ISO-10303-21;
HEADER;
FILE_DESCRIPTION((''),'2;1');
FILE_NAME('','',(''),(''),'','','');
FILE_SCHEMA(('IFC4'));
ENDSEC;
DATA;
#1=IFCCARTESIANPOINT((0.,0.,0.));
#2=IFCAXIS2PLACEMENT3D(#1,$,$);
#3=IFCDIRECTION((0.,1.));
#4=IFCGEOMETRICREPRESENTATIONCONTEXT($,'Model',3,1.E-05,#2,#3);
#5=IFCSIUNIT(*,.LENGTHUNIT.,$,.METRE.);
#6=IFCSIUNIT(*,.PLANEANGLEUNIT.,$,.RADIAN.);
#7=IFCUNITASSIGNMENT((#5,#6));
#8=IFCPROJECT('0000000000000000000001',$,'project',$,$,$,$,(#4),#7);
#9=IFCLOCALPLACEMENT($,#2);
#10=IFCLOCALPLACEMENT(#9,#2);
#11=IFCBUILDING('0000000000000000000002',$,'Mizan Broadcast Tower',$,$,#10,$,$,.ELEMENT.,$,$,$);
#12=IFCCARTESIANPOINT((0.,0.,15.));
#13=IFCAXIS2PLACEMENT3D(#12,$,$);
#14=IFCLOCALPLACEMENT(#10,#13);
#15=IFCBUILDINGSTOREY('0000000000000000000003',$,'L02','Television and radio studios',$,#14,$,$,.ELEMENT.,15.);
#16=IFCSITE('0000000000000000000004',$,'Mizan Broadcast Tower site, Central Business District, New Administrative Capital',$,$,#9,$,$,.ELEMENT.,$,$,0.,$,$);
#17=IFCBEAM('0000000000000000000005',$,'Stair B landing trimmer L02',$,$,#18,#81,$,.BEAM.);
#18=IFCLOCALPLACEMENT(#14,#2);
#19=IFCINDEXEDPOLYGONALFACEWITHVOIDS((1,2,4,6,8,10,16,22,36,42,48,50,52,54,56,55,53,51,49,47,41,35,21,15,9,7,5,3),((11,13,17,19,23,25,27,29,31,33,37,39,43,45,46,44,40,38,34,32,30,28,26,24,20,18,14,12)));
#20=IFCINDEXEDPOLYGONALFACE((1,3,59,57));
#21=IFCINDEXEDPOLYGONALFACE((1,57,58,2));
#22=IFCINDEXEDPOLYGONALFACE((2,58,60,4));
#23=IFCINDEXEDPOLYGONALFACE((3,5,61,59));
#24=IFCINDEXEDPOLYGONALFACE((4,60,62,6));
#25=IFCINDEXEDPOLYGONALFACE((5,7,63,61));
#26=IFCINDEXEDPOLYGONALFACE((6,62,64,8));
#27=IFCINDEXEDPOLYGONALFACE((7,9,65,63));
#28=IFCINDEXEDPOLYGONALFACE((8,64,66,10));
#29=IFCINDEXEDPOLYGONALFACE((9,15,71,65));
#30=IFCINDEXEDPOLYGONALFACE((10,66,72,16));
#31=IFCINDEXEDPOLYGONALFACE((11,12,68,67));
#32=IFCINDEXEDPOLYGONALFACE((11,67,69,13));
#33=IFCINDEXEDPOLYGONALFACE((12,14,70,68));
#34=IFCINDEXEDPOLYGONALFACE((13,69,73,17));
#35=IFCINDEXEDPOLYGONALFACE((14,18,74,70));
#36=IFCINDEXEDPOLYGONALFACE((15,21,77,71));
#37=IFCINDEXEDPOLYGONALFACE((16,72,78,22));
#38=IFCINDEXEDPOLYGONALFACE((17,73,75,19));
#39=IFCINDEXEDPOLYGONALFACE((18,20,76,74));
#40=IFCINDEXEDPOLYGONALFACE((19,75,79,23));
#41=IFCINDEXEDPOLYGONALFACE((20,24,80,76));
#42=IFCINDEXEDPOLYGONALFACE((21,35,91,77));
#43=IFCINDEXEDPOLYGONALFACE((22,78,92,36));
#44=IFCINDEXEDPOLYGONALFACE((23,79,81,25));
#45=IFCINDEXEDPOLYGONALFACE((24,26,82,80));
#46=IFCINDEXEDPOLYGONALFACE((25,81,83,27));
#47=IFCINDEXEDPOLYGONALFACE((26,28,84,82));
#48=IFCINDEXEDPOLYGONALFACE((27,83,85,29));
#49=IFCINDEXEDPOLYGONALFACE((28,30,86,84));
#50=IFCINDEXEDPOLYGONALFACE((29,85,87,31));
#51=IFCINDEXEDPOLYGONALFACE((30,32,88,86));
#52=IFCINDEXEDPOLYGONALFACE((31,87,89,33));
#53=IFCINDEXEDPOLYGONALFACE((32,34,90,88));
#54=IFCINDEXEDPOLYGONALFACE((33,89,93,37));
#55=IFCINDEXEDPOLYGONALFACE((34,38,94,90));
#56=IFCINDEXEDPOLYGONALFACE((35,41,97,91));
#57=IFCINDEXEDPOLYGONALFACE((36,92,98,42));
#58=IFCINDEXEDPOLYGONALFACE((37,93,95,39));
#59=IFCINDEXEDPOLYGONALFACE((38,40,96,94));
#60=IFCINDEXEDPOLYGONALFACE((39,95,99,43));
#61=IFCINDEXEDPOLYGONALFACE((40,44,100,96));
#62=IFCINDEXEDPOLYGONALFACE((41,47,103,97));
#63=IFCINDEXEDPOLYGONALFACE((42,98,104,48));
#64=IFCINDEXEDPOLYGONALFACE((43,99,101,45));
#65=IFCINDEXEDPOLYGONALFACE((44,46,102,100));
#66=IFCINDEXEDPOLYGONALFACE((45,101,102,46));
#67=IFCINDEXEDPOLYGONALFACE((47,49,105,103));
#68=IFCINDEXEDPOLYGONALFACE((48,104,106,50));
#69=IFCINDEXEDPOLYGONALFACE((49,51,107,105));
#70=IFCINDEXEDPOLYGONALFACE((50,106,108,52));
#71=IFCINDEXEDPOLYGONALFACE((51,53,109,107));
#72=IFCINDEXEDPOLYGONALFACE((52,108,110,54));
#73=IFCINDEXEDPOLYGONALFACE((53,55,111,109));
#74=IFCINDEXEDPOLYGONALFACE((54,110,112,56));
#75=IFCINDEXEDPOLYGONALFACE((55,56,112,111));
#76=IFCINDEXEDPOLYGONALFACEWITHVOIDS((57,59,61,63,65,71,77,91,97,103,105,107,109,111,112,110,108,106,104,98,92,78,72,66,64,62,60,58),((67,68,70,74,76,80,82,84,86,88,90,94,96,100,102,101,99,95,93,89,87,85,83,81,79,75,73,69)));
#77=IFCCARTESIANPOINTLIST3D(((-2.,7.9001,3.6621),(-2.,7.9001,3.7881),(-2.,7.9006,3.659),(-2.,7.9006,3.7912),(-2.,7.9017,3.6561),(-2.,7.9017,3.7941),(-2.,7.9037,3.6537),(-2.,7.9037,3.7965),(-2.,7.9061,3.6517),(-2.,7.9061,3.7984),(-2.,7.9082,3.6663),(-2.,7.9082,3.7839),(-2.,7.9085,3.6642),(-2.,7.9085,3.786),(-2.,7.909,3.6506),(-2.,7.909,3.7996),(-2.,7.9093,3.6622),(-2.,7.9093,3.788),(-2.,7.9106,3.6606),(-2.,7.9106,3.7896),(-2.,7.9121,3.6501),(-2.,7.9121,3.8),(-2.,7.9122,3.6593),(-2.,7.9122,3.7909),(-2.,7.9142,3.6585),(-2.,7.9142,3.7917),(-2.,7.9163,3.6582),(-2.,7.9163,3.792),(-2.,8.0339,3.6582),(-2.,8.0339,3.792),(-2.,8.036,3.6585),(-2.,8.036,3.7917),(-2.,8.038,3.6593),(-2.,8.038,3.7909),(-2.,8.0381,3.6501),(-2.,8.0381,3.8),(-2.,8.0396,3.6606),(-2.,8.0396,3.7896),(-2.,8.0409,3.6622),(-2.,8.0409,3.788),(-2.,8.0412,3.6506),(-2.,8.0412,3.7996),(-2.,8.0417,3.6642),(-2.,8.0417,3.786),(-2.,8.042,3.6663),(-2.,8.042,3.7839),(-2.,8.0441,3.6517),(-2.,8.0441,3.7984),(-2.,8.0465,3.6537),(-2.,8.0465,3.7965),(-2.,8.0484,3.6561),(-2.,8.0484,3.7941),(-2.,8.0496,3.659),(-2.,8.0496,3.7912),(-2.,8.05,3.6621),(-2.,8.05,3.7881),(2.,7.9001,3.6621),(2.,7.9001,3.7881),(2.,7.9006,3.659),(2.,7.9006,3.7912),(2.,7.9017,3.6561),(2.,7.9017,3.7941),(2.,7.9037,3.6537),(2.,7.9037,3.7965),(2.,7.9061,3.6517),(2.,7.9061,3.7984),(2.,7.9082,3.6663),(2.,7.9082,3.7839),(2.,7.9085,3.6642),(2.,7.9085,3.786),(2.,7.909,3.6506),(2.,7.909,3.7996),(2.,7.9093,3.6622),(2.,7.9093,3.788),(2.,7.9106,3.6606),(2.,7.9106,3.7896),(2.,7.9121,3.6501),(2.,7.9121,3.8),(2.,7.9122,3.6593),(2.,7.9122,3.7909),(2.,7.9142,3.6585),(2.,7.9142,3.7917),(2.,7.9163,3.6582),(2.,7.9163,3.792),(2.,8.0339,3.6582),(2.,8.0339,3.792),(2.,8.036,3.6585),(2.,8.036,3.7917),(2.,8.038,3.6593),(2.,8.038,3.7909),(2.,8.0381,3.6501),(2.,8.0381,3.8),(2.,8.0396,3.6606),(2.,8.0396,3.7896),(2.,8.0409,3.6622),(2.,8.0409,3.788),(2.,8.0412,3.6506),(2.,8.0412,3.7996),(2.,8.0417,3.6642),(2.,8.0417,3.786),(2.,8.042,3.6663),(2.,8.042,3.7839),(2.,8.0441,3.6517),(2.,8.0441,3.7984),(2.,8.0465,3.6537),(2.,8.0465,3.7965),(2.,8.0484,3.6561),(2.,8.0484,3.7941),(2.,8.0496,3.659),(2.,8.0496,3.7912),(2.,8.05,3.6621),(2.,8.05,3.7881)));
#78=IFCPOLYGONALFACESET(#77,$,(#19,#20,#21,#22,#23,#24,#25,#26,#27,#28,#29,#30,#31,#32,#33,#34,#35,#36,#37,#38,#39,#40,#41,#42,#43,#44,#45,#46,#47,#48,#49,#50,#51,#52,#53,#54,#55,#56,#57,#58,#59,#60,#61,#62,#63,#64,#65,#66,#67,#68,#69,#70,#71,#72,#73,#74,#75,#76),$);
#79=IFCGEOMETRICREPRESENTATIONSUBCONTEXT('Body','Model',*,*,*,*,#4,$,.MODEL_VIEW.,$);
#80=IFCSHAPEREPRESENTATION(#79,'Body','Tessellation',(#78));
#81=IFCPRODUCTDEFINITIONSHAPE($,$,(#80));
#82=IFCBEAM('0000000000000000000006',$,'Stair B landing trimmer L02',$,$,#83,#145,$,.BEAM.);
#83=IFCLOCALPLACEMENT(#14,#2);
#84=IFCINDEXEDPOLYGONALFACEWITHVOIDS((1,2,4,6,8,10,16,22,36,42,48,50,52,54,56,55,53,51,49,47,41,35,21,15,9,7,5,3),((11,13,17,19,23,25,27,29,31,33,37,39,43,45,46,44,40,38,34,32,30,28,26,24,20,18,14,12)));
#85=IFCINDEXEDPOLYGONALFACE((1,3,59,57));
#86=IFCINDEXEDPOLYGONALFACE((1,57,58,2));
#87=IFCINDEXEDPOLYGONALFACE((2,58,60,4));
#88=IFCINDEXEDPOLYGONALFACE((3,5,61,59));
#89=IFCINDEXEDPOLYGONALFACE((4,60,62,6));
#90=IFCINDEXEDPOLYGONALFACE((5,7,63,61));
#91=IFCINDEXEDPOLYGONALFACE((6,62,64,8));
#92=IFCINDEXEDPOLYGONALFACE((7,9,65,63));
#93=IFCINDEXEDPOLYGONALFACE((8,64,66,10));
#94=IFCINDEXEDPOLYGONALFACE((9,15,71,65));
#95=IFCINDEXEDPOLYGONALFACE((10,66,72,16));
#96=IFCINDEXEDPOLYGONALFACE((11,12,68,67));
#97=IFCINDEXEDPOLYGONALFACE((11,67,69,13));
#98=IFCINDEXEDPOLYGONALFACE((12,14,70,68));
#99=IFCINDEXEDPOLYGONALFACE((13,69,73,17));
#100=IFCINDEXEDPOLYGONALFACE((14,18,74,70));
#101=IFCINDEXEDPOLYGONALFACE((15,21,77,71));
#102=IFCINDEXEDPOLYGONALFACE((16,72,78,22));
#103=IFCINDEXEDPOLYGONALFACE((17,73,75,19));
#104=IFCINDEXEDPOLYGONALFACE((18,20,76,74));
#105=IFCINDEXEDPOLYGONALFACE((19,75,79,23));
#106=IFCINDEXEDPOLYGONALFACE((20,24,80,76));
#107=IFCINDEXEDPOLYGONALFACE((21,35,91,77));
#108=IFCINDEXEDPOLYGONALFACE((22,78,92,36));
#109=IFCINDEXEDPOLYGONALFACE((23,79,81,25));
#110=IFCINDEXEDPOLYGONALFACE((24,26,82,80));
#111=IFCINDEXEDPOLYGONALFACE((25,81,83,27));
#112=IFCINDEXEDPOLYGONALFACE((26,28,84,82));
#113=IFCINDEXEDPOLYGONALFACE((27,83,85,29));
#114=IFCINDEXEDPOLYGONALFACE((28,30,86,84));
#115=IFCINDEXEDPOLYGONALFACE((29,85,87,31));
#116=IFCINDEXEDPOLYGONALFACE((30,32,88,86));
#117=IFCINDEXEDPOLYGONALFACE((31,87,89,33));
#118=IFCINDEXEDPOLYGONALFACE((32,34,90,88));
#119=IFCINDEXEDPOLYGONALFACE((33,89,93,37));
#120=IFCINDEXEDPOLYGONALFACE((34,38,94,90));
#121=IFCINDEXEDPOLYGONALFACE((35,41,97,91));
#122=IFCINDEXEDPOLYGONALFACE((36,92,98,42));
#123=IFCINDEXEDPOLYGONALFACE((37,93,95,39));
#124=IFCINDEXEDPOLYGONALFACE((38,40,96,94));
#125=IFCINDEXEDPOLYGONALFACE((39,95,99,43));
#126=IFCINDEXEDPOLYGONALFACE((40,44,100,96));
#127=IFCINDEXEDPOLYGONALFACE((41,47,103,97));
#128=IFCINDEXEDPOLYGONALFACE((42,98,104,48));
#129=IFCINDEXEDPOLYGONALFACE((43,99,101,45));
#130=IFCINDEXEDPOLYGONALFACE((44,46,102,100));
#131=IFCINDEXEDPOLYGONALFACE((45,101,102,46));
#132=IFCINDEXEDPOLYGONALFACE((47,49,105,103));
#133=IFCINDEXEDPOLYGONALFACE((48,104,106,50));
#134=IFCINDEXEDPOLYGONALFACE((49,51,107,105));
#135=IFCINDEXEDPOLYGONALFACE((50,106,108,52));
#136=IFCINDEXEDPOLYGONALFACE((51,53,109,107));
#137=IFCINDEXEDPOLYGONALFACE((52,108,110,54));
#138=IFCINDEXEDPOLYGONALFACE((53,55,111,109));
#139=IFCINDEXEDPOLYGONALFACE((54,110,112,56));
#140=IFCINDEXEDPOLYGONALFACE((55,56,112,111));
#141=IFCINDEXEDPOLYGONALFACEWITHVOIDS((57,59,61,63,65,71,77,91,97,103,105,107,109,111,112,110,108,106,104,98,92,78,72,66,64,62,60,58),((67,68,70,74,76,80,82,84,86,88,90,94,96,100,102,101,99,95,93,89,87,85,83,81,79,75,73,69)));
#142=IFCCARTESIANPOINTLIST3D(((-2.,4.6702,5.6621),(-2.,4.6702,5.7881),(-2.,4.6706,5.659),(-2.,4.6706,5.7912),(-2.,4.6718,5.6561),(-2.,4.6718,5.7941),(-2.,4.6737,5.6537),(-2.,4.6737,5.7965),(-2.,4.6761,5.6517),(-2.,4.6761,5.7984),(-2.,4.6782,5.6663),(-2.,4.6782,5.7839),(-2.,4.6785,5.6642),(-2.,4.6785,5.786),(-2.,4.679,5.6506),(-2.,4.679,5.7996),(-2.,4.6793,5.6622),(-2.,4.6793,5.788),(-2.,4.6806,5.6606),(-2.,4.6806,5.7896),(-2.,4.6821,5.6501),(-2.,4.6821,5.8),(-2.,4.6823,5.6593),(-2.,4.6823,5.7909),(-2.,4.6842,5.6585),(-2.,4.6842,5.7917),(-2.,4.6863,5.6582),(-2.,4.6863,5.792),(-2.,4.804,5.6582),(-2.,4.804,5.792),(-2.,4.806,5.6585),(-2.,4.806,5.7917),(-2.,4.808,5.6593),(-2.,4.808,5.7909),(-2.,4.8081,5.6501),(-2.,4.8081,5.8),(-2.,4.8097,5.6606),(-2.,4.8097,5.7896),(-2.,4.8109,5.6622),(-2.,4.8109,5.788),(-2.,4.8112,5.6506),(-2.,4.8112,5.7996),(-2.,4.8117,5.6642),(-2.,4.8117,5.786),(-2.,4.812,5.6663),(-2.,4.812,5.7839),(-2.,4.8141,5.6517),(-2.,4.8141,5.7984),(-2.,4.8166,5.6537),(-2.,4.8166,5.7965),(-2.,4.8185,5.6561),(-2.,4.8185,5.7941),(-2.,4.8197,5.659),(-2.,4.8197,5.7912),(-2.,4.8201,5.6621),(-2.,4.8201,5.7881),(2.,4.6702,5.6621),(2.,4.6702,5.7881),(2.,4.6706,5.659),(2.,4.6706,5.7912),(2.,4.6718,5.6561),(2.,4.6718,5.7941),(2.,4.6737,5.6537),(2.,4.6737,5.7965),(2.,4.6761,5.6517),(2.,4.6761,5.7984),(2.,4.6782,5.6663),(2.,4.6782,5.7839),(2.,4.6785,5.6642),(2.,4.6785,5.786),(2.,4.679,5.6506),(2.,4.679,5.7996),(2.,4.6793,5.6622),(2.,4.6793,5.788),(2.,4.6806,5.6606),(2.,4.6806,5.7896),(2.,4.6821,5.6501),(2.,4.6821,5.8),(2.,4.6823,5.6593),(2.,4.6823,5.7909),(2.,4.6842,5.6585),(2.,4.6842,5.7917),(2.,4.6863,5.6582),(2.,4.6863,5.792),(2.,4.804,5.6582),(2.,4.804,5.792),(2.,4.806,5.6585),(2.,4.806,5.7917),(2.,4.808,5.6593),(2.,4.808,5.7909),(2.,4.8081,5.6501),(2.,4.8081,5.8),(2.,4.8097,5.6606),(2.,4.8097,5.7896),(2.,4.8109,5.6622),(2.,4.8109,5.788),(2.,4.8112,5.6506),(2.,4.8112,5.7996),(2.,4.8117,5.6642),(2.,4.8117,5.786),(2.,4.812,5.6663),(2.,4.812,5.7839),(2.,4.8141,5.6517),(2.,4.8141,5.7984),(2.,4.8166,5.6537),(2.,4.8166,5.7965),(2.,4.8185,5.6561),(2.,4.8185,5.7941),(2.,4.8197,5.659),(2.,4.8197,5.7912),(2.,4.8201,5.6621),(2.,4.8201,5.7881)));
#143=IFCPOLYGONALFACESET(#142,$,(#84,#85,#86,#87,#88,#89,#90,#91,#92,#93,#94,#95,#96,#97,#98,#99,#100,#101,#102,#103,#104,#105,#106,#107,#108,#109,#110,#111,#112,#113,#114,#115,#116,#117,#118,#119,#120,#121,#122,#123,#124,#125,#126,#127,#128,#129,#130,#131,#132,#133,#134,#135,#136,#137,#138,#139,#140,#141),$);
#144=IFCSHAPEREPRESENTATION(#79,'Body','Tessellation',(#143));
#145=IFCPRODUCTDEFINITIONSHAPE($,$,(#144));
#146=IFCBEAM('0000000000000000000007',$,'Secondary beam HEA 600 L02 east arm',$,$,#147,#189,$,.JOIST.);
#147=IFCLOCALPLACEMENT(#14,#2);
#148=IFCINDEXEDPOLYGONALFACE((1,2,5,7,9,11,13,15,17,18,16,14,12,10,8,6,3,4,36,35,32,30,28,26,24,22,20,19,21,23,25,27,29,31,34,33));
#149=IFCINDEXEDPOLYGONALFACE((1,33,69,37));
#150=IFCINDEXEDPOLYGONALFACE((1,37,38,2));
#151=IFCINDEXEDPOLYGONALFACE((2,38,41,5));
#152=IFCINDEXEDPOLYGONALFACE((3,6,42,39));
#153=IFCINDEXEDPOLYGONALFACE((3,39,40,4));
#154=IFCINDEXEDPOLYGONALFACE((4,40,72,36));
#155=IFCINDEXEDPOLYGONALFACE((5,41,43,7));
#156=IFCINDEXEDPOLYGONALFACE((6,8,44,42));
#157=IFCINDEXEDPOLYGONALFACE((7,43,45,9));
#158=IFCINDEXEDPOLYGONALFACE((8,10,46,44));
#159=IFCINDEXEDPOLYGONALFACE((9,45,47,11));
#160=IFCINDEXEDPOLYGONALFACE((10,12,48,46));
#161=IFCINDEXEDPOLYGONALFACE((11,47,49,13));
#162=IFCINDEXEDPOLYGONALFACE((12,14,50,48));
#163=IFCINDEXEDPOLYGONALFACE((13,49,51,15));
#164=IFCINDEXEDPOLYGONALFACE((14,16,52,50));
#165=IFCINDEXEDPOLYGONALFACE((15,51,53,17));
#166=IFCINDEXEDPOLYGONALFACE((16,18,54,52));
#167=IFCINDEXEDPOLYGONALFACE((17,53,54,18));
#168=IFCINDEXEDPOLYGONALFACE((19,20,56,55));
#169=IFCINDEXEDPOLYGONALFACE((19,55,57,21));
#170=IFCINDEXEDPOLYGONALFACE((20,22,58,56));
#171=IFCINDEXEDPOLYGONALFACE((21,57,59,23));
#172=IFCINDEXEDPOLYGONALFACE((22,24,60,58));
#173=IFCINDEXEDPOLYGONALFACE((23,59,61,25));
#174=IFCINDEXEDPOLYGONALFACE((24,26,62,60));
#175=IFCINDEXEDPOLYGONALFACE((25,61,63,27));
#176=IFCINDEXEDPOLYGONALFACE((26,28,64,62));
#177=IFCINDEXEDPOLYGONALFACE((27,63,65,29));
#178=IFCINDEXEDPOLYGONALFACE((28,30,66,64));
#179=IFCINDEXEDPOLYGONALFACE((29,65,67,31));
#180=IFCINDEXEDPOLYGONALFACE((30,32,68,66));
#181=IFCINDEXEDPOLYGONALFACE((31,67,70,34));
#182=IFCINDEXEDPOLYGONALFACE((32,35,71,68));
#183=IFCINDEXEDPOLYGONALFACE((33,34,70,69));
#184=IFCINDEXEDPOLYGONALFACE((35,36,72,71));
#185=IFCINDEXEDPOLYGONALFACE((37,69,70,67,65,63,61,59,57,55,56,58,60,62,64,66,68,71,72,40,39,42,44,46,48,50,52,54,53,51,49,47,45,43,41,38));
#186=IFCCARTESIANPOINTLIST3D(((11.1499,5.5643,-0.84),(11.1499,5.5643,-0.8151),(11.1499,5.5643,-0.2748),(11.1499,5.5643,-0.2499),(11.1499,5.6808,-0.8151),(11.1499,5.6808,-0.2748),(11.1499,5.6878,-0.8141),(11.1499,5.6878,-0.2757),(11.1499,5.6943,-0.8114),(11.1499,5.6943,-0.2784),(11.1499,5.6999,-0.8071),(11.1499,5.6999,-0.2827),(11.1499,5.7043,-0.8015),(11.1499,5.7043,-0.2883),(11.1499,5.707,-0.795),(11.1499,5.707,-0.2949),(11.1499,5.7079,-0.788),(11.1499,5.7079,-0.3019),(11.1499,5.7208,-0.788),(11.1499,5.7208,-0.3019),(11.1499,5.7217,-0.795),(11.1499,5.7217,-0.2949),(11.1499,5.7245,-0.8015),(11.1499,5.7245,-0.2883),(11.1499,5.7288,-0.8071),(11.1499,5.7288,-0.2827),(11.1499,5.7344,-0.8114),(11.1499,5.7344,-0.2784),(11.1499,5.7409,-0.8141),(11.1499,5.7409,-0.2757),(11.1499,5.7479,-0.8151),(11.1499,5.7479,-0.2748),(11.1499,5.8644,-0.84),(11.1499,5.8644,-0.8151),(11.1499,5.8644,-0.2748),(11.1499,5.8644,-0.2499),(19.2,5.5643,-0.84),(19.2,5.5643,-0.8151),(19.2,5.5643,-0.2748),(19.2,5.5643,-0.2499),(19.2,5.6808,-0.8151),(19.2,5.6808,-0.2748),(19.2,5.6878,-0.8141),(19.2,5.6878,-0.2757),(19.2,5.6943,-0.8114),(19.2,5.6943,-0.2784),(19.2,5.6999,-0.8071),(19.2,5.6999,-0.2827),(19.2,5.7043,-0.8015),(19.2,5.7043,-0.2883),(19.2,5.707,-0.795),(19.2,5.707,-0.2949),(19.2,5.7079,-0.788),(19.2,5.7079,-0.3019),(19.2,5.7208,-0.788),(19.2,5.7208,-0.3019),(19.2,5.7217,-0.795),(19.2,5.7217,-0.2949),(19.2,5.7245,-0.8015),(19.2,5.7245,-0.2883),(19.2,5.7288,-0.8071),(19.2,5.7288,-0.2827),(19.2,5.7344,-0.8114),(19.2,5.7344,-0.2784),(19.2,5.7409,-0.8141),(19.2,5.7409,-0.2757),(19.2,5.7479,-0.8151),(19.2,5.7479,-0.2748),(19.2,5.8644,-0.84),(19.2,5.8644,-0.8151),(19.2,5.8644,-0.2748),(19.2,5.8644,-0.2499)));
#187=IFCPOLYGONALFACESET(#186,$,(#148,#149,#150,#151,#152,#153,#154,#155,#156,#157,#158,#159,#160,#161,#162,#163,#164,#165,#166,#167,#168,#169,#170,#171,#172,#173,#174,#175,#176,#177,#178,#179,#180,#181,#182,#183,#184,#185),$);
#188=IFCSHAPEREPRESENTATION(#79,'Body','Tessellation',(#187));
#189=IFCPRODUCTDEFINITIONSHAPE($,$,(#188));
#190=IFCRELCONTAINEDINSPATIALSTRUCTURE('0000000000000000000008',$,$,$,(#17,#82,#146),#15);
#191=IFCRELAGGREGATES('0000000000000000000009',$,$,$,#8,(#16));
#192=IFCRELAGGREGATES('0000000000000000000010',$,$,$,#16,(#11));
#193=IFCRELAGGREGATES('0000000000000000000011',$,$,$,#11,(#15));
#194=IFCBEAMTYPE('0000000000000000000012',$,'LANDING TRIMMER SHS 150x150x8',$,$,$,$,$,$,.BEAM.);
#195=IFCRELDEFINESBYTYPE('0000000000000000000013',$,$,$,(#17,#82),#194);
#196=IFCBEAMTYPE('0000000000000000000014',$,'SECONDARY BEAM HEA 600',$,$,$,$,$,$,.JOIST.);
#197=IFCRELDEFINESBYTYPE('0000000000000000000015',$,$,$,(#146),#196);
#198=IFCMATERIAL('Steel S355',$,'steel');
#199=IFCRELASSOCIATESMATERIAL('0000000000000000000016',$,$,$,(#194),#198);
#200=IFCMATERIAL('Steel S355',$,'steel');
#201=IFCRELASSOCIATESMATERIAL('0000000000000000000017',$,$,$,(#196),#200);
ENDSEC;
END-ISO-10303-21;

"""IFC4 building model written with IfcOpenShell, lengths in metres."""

from ifc_helpers import new_model, si_unit, direction, frame, origin, origin_2d, place, context, subcontext, project, spatial, hollow_rectangle, i_section, extrude, material, material_profile, profile_set, type_object, element, save


model = new_model("IFC4")

# Units and contexts
model_context = context("Model", 3, precision=1e-05, world=origin(), true_north=direction((0.0, 1.0)))
body_context = subcontext(model_context, "Body", "Model", "MODEL_VIEW")
ifc_project = project(units=[si_unit("LENGTHUNIT", "METRE"), si_unit("PLANEANGLEUNIT", "RADIAN")], contexts=[model_context])

# Site, building, storey
site_placement = place(None, origin())
site = spatial("IfcSite", under=ifc_project, at=site_placement, Name="Mizan Broadcast Tower site, Central Business District, New Administrative Capital", CompositionType="ELEMENT", RefElevation=0.0)
building_placement = place(site_placement, origin())
building = spatial("IfcBuilding", under=site, at=building_placement, Name="Mizan Broadcast Tower", CompositionType="ELEMENT")
storey_placement = place(building_placement, frame((0.0, 0.0, 15.0)))
storey = spatial("IfcBuildingStorey", under=building, at=storey_placement, Name="L02", Description="Television and radio studios", CompositionType="ELEMENT", Elevation=15.0)

# Beams
ifc_material_1 = material(Name="Steel S355", Category="steel")
ifc_material_profile_1 = material_profile(ifc_material_1, hollow_rectangle(XDim=0.1499, YDim=0.1499, WallThickness=0.0081, InnerFilletRadius=0.0081, OuterFilletRadius=0.012, at=origin_2d()), Name="SHS 150x150x8")
ifc_profile_set_1 = profile_set([ifc_material_profile_1], Name="Steel S355")
beam_type_1 = type_object("IfcBeamType", Name="LANDING TRIMMER SHS 150x150x8", PredefinedType="BEAM", material=ifc_profile_set_1)
for number, where, z_axis, x_axis, name in (
    (1, (2.0, 7.9751, 3.7251), (-1.0, 0.0, 0.0), (0.0, -1.0, 0.0), "Stair B landing trimmer L02"),
    (2, (2.0, 4.7451, 5.7251), (-1.0, 0.0, 0.0), (0.0, -1.0, 0.0), "Stair B landing trimmer L02"),
):
    element("IfcBeam", number, at=place(storey_placement, frame(where, z_axis=z_axis, x_axis=x_axis)), inside=storey, type_object=beam_type_1, Name=name, PredefinedType="BEAM", context=body_context, shape_type="SweptSolid", body=[
        extrude(hollow_rectangle(XDim=0.1499, YDim=0.1499, WallThickness=0.0081, InnerFilletRadius=0.0081, OuterFilletRadius=0.012, at=origin_2d()), origin(), (0.0, 0.0, 1.0), 4.0),
    ])
ifc_material_2 = material(Name="Steel S355", Category="steel")
ifc_material_profile_2 = material_profile(ifc_material_2, i_section(OverallWidth=0.3, OverallDepth=0.5901, WebThickness=0.0129, FlangeThickness=0.0249, FilletRadius=0.0271, at=origin_2d()), Name="HEA 600")
ifc_profile_set_2 = profile_set([ifc_material_profile_2], Name="Steel S355")
beam_type_2 = type_object("IfcBeamType", Name="SECONDARY BEAM HEA 600", PredefinedType="JOIST", material=ifc_profile_set_2)
for number, where, z_axis, x_axis, name in (
    (3, (11.1499, 5.7144, -0.5449), (1.0, 0.0, 0.0), (0.0, 1.0, 0.0), "Secondary beam HEA 600 L02 east arm"),
):
    element("IfcBeam", number, at=place(storey_placement, frame(where, z_axis=z_axis, x_axis=x_axis)), inside=storey, type_object=beam_type_2, Name=name, PredefinedType="JOIST", context=body_context, shape_type="SweptSolid", body=[
        extrude(i_section(OverallWidth=0.3, OverallDepth=0.5901, WebThickness=0.0129, FlangeThickness=0.0249, FilletRadius=0.0271, at=origin_2d()), origin(), (0.0, 0.0, 1.0), 8.05),
    ])

save(model, "model.ifc")
